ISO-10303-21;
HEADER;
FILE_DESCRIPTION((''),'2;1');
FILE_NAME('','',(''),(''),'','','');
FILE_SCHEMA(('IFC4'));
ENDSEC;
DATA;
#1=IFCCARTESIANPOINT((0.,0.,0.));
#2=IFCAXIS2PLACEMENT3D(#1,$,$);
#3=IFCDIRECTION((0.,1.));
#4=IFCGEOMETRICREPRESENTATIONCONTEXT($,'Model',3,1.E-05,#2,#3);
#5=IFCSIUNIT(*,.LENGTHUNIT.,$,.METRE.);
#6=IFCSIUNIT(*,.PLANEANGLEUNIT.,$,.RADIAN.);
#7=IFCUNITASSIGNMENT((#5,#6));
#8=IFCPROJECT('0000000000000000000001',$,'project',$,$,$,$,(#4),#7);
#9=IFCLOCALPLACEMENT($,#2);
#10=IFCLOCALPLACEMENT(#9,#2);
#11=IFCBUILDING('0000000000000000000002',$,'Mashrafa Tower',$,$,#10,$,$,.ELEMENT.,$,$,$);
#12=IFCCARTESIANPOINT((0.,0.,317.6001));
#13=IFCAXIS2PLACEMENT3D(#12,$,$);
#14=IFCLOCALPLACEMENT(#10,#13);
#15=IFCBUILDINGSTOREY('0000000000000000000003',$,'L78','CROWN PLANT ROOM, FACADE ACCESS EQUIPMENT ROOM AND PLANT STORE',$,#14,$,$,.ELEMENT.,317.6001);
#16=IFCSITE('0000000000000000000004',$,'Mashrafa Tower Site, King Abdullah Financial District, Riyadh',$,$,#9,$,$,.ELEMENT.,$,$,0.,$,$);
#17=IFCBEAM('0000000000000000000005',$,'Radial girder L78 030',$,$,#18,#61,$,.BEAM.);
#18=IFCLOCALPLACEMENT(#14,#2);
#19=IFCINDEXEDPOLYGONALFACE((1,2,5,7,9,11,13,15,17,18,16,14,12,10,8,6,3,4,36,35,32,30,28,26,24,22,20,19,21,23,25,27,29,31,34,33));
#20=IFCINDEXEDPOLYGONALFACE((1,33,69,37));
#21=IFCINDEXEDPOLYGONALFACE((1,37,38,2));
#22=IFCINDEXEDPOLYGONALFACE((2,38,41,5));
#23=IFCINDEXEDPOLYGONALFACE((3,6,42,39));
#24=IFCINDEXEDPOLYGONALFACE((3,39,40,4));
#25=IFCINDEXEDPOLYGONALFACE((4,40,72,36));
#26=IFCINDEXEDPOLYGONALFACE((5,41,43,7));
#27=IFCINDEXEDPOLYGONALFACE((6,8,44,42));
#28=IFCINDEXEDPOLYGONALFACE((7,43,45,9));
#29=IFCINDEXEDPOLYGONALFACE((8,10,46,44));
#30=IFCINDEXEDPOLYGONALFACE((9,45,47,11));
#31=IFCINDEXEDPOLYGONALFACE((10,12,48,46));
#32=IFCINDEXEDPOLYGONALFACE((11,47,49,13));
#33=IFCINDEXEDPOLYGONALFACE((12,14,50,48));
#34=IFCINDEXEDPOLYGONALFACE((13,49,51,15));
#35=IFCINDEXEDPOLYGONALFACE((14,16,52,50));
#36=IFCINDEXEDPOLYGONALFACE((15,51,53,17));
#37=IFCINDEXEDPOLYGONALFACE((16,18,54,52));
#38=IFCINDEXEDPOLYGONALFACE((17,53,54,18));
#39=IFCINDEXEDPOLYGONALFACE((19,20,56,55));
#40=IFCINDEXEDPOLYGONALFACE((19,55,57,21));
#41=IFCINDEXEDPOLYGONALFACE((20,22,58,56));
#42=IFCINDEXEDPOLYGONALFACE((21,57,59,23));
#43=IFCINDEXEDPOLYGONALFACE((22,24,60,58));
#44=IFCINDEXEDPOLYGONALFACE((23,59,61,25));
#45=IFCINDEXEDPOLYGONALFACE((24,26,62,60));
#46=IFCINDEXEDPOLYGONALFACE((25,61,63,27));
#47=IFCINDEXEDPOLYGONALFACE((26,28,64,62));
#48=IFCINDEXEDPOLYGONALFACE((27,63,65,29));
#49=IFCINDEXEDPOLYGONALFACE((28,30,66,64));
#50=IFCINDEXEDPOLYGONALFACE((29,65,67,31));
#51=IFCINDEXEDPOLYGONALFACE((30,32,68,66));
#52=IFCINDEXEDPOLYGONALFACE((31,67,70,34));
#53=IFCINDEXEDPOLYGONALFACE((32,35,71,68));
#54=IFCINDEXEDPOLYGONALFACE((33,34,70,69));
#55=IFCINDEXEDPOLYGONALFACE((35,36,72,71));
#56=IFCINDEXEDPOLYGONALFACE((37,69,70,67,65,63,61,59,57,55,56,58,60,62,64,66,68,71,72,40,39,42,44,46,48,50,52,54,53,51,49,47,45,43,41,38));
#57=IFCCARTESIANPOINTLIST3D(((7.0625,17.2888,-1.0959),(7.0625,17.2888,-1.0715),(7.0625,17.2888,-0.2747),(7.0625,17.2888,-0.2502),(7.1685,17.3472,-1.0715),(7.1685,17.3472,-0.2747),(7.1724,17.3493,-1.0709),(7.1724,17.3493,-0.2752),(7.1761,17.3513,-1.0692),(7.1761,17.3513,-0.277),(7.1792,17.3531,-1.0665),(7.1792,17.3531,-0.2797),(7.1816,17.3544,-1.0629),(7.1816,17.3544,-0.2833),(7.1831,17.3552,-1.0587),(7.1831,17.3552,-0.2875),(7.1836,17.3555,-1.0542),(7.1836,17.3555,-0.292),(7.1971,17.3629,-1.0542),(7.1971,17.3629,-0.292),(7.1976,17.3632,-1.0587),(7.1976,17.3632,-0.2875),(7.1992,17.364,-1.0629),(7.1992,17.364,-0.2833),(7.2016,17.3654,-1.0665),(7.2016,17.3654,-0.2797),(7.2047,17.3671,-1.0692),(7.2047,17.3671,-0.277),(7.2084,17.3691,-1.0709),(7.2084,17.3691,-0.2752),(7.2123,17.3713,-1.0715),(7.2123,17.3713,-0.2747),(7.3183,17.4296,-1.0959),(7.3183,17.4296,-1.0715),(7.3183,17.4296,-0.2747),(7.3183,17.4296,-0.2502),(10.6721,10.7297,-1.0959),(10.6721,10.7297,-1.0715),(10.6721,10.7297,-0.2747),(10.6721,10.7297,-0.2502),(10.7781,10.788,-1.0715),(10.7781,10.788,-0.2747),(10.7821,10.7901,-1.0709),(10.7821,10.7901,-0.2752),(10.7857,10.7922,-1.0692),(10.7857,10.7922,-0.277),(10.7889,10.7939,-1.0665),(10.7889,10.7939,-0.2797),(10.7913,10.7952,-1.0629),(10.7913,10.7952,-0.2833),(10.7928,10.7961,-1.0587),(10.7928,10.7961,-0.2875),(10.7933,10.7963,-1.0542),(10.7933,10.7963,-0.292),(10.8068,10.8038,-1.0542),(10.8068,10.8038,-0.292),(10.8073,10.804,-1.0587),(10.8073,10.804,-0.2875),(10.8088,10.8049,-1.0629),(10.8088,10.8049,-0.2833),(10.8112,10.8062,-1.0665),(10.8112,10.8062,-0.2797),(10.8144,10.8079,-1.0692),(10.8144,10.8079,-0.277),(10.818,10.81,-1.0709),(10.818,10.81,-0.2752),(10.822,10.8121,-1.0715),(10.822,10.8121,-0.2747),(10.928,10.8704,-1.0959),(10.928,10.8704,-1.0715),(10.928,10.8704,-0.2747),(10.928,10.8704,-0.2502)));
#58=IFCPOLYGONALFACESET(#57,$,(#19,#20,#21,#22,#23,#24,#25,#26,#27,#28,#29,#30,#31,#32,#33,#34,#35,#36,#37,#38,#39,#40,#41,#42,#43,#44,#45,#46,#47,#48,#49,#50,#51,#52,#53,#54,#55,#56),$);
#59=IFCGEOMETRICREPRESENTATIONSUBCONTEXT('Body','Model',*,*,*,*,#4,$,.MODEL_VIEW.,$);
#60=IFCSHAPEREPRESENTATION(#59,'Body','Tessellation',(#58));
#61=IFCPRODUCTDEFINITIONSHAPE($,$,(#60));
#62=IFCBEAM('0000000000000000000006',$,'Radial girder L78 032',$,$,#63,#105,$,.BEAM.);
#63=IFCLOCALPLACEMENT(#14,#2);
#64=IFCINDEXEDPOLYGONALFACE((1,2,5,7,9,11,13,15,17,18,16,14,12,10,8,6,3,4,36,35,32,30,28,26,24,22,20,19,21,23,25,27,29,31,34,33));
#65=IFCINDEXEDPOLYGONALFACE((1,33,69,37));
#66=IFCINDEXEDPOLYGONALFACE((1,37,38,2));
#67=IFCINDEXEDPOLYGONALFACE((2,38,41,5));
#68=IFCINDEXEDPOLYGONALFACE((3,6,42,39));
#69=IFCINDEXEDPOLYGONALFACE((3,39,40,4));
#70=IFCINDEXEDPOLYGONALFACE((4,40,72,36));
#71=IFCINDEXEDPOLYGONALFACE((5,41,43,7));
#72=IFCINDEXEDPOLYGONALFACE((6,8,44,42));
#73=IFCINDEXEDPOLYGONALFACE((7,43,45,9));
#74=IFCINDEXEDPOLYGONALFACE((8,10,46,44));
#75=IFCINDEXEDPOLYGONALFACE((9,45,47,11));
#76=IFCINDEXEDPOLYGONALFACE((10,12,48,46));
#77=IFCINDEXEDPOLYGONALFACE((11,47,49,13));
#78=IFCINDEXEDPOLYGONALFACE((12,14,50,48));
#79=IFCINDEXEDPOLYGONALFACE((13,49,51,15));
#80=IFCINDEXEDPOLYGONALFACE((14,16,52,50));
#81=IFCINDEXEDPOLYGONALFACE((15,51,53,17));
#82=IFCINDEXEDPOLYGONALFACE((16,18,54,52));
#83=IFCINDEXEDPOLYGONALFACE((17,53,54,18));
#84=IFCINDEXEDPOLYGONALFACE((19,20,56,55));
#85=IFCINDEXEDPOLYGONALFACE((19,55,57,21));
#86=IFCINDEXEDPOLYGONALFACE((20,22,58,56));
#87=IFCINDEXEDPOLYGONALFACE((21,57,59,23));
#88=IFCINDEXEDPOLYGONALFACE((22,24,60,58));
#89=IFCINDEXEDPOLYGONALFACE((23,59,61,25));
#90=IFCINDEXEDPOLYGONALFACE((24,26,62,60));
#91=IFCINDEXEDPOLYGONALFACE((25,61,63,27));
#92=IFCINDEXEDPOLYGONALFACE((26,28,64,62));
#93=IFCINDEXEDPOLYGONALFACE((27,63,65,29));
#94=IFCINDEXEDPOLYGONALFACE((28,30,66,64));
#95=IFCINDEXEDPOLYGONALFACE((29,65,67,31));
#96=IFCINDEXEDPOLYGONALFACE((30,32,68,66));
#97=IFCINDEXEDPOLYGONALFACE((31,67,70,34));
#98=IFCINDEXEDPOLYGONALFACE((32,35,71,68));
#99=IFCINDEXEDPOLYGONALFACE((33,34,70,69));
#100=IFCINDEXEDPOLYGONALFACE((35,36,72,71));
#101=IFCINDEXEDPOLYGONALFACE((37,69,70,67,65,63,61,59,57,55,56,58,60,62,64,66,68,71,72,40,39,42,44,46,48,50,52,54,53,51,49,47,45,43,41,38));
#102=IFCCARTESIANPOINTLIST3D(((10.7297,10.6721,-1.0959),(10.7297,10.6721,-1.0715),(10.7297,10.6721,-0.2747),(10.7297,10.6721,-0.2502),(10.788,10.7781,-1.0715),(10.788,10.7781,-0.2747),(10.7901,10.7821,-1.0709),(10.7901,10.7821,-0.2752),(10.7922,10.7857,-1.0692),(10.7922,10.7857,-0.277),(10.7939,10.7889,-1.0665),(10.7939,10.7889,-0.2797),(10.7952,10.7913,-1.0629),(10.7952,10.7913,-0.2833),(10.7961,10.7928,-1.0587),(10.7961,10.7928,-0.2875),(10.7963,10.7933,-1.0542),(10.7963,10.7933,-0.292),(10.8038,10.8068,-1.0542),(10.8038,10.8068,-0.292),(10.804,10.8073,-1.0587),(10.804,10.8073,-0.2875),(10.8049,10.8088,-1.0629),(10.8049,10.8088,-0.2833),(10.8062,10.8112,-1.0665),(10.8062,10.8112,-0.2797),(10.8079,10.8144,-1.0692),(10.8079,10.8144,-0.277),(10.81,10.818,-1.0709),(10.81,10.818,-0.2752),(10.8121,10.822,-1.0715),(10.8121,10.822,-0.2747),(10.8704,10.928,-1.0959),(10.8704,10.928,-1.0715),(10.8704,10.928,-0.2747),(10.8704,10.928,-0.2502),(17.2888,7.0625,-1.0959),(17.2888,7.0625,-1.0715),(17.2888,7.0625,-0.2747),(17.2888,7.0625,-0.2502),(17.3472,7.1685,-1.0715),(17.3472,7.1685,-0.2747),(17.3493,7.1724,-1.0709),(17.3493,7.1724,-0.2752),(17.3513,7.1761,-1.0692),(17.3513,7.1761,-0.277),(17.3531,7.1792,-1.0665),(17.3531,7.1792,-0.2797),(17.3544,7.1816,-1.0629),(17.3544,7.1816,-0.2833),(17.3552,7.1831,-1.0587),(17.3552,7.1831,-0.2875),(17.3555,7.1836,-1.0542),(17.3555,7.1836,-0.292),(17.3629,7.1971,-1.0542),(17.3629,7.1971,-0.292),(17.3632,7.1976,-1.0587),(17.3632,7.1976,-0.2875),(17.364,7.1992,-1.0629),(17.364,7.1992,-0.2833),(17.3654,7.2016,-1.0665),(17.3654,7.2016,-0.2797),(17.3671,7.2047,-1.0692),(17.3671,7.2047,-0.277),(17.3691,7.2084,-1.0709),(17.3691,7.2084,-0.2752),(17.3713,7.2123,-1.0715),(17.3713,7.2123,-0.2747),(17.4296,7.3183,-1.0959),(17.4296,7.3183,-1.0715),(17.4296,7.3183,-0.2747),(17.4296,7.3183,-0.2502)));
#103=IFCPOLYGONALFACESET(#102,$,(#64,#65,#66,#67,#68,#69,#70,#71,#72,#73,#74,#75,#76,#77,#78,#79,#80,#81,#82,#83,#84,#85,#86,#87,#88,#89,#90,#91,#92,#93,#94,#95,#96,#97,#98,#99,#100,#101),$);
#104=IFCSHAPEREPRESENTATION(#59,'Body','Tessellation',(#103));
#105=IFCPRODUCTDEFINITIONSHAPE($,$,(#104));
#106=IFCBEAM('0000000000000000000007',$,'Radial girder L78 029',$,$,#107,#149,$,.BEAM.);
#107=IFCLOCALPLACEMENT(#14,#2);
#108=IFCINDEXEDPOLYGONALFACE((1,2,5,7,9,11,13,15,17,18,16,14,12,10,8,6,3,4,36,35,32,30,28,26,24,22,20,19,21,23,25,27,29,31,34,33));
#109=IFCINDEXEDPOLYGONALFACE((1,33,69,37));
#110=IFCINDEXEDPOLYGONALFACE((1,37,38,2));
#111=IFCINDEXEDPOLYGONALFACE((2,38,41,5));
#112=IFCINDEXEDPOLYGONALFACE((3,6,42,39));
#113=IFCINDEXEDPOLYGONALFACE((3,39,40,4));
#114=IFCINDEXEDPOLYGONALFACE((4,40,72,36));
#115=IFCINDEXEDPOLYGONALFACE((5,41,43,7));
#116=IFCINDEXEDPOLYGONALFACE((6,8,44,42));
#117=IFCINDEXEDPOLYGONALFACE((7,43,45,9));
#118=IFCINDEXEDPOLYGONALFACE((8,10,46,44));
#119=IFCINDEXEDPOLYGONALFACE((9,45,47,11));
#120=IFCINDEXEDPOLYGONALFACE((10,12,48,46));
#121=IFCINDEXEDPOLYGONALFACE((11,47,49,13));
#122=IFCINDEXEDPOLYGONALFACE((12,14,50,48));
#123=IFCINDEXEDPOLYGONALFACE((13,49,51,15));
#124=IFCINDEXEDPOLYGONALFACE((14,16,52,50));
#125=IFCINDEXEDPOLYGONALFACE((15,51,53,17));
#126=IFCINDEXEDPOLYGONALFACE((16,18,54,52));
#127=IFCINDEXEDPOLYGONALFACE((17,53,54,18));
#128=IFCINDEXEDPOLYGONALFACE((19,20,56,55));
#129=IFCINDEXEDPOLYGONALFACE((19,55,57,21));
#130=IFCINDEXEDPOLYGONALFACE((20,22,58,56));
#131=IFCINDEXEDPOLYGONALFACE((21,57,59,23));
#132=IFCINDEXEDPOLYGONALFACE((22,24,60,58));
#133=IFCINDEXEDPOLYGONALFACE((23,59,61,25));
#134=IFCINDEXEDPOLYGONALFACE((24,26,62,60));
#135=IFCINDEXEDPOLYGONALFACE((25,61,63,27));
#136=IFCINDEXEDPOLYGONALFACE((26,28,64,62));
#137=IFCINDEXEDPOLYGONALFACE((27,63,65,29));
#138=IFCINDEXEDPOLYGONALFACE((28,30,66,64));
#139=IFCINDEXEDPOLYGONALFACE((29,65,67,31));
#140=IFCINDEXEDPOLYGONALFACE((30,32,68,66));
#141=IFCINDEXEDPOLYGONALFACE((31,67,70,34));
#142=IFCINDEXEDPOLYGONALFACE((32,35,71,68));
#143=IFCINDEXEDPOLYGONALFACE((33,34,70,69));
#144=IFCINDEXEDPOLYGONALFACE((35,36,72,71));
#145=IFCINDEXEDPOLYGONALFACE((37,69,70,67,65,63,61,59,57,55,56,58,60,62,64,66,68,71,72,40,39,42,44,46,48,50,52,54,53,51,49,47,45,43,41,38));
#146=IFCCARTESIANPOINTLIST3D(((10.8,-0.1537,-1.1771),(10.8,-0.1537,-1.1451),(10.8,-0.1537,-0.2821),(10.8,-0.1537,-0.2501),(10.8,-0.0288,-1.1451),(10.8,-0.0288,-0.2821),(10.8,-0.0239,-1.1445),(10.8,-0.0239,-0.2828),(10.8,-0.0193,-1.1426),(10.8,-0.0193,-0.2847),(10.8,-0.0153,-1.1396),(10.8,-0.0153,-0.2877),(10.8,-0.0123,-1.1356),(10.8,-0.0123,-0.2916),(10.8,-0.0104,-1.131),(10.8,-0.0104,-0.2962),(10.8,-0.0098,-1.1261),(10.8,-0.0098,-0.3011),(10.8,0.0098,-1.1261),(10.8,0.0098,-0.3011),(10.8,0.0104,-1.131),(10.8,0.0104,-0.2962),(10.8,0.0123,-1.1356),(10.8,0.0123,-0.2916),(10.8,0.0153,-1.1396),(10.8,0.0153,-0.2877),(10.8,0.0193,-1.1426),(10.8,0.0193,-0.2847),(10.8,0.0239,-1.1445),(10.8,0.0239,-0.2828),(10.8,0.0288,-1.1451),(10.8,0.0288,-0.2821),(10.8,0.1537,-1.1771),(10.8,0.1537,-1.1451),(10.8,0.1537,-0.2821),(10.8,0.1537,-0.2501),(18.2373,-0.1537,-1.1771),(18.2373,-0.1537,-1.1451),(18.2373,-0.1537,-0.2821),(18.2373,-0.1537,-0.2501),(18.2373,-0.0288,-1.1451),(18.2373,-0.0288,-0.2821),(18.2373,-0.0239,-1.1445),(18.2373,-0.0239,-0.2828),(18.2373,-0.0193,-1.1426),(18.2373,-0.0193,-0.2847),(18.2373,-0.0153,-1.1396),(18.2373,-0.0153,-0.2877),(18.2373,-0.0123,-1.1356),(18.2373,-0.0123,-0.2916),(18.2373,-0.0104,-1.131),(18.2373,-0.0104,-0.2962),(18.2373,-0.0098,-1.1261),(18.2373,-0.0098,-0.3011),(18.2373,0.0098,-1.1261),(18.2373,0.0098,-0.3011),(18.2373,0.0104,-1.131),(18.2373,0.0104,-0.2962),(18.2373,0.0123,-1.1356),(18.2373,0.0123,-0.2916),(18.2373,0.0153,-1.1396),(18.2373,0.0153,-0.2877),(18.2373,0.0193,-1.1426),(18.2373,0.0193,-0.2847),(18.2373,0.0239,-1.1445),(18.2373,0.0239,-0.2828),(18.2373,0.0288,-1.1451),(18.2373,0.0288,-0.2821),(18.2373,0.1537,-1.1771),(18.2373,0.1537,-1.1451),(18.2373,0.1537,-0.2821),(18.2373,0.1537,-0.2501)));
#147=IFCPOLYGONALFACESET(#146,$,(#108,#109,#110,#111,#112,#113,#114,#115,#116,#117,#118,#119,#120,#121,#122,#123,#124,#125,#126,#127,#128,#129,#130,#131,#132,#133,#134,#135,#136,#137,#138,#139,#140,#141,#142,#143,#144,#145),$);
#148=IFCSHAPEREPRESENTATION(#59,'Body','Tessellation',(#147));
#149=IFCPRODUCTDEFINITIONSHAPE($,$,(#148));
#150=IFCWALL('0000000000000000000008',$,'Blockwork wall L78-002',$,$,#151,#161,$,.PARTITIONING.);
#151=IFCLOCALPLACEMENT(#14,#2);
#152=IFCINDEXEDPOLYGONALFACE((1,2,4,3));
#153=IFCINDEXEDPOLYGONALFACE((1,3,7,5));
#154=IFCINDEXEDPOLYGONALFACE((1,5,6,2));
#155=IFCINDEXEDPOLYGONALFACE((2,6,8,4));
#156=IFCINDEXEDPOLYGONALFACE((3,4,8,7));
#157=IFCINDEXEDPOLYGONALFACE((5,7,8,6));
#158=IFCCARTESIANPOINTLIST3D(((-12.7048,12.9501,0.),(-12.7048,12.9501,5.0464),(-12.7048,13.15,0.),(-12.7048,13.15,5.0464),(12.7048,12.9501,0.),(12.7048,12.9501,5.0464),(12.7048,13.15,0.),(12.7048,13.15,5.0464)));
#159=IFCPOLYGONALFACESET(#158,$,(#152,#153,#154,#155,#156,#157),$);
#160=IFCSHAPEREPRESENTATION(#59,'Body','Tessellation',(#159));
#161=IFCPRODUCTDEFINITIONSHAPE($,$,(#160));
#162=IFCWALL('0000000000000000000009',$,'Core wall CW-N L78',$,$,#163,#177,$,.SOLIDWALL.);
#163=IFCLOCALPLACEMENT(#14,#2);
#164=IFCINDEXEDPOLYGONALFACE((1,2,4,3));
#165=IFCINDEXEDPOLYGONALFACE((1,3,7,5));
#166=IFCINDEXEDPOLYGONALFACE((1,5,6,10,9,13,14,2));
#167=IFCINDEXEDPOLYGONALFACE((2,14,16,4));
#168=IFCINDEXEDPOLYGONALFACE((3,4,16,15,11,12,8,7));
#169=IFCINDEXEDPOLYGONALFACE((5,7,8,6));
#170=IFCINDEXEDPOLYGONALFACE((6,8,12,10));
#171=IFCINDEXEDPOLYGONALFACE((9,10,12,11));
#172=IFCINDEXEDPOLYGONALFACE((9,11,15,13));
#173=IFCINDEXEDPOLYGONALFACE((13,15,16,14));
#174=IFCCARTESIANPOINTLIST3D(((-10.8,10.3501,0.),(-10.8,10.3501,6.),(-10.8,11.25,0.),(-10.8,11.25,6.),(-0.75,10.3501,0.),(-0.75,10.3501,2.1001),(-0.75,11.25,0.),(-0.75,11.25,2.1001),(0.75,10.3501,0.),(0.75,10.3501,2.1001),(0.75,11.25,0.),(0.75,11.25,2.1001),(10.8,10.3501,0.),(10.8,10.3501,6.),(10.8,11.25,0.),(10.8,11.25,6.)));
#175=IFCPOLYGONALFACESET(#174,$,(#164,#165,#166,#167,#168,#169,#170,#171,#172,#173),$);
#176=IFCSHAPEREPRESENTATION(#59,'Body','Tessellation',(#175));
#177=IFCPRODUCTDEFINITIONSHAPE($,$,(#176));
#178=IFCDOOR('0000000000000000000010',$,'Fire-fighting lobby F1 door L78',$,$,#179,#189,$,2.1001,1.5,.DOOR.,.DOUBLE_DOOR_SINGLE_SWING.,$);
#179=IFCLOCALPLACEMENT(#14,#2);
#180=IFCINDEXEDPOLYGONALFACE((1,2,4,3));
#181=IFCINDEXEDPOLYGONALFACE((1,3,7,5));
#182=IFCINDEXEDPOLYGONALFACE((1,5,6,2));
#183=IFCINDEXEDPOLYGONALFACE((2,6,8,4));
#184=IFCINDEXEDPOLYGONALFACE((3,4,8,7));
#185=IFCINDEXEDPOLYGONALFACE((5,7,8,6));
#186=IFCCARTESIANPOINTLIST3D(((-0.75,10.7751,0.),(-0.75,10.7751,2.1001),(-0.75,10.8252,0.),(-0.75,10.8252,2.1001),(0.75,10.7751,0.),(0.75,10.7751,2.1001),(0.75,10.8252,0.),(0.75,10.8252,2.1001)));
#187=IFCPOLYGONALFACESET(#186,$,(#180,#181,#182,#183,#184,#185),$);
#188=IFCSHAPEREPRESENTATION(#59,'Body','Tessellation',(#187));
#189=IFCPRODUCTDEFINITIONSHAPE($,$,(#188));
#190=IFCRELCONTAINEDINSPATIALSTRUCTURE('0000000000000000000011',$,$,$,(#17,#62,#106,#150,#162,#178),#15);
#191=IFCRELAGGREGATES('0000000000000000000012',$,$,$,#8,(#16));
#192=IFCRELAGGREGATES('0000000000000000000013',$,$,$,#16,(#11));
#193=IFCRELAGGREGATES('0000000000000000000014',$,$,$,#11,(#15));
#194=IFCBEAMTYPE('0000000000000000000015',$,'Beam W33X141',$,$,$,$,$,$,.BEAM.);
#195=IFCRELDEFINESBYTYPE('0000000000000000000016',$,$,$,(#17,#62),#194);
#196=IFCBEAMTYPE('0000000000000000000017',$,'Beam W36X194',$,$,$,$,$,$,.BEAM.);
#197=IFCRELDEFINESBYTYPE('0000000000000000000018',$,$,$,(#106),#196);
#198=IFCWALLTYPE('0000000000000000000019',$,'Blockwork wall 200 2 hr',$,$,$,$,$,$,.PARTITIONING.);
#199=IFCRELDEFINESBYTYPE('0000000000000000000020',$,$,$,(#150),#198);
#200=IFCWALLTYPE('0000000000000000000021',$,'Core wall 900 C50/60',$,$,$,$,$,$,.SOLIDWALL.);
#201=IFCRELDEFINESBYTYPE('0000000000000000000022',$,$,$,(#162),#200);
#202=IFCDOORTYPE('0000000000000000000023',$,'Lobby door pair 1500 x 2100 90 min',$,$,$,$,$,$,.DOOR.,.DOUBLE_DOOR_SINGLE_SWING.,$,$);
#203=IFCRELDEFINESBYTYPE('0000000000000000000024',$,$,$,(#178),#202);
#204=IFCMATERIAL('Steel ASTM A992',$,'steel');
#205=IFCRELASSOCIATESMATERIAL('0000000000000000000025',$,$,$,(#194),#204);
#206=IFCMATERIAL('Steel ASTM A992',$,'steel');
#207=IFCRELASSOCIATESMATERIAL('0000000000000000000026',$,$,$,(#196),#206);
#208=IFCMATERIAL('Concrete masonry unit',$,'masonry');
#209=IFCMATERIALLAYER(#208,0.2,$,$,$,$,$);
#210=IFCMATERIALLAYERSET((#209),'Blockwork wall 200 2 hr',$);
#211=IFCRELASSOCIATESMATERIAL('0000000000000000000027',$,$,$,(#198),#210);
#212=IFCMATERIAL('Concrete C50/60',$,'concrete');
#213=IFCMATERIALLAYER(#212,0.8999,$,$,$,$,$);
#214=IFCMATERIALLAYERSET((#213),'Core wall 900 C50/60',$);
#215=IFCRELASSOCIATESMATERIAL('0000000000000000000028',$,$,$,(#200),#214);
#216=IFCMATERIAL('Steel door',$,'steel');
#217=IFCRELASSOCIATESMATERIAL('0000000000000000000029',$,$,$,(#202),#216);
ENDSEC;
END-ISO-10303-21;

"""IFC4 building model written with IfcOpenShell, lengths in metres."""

from ifc_helpers import new_model, si_unit, direction, frame, frame_2d, origin, origin_2d, place, context, subcontext, project, spatial, rectangle, i_section, extrude, material, layer, layer_set, material_profile, profile_set, type_object, element, fill, save


model = new_model("IFC4")

# Units and contexts
model_context = context("Model", 3, precision=1e-05, world=origin(), true_north=direction((0.0, 1.0)))
body_context = subcontext(model_context, "Body", "Model", "MODEL_VIEW")
ifc_project = project(units=[si_unit("LENGTHUNIT", "METRE"), si_unit("PLANEANGLEUNIT", "RADIAN")], contexts=[model_context])

# Site, building, storey
site_placement = place(None, origin())
site = spatial("IfcSite", under=ifc_project, at=site_placement, Name="Mashrafa Tower Site, King Abdullah Financial District, Riyadh", CompositionType="ELEMENT", RefElevation=0.0)
building_placement = place(site_placement, origin())
building = spatial("IfcBuilding", under=site, at=building_placement, Name="Mashrafa Tower", CompositionType="ELEMENT")
storey_placement = place(building_placement, frame((0.0, 0.0, 317.6001)))
storey = spatial("IfcBuildingStorey", under=building, at=storey_placement, Name="L78", Description="CROWN PLANT ROOM, FACADE ACCESS EQUIPMENT ROOM AND PLANT STORE", CompositionType="ELEMENT", Elevation=317.6001)

# Beams
ifc_material_1 = material(Name="Steel ASTM A992", Category="steel")
ifc_material_profile_1 = material_profile(ifc_material_1, i_section(OverallWidth=0.292, OverallDepth=0.8457, WebThickness=0.0154, FlangeThickness=0.0244, FilletRadius=0.0173, at=origin_2d()), Name="W33X141")
ifc_profile_set_1 = profile_set([ifc_material_profile_1], Name="Steel ASTM A992")
beam_type_1 = type_object("IfcBeamType", Name="Beam W33X141", PredefinedType="BEAM", material=ifc_profile_set_1)
for number, where, z_axis, x_axis, name in (
    (1, (10.8, 10.8, -0.6731), (-0.482137, 0.876096, 0.0), (-0.876096, -0.482137, 0.0), "Radial girder L78 030"),
    (2, (10.8, 10.8, -0.6731), (0.876096, -0.482137, 0.0), (0.482137, 0.876096, 0.0), "Radial girder L78 032"),
):
    element("IfcBeam", number, at=place(storey_placement, frame(where, z_axis=z_axis, x_axis=x_axis)), inside=storey, type_object=beam_type_1, Name=name, PredefinedType="BEAM", context=body_context, shape_type="SweptSolid", body=[
        extrude(i_section(OverallWidth=0.292, OverallDepth=0.8457, WebThickness=0.0154, FlangeThickness=0.0244, FilletRadius=0.0173, at=origin_2d()), origin(), (0.0, 0.0, 1.0), 7.4868),
    ])
ifc_material_2 = material(Name="Steel ASTM A992", Category="steel")
ifc_material_profile_2 = material_profile(ifc_material_2, i_section(OverallWidth=0.3074, OverallDepth=0.927, WebThickness=0.0195, FlangeThickness=0.032, FilletRadius=0.019, at=origin_2d()), Name="W36X194")
ifc_profile_set_2 = profile_set([ifc_material_profile_2], Name="Steel ASTM A992")
beam_type_2 = type_object("IfcBeamType", Name="Beam W36X194", PredefinedType="BEAM", material=ifc_profile_set_2)
beam_1_placement = place(storey_placement, frame((10.8, 0.0, -0.7136), z_axis=(1.0, 0.0, 0.0), x_axis=(0.0, 1.0, 0.0)))
element("IfcBeam", 3, at=beam_1_placement, inside=storey, type_object=beam_type_2, Name="Radial girder L78 029", PredefinedType="BEAM", context=body_context, shape_type="SweptSolid", body=[
    extrude(i_section(OverallWidth=0.3074, OverallDepth=0.927, WebThickness=0.0195, FlangeThickness=0.032, FilletRadius=0.019, at=origin_2d()), origin(), (0.0, 0.0, 1.0), 7.4373),
])

# Wall
ifc_material_3 = material(Name="Concrete masonry unit", Category="masonry")
ifc_layer_1 = layer(ifc_material_3, 0.2)
ifc_layer_set_1 = layer_set([ifc_layer_1], Name="Blockwork wall 200 2 hr")
wall_type_1 = type_object("IfcWallType", Name="Blockwork wall 200 2 hr", PredefinedType="PARTITIONING", material=ifc_layer_set_1)
wall_1_placement = place(storey_placement, frame((12.7048, 13.05, 0.0), z_axis=(0.0, 0.0, 1.0), x_axis=(-1.0, 0.0, 0.0)))
element("IfcWall", 4, at=wall_1_placement, inside=storey, type_object=wall_type_1, Name="Blockwork wall L78-002", PredefinedType="PARTITIONING", context=body_context, shape_type="SweptSolid", body=[
    extrude(rectangle(XDim=25.4097, YDim=0.2, at=frame_2d((12.7048, 0.0))), origin(), (0.0, 0.0, 1.0), 5.0464),
])

# Wall, opening, door
ifc_material_4 = material(Name="Concrete C50/60", Category="concrete")
ifc_layer_2 = layer(ifc_material_4, 0.8999)
ifc_layer_set_2 = layer_set([ifc_layer_2], Name="Core wall 900 C50/60")
wall_type_2 = type_object("IfcWallType", Name="Core wall 900 C50/60", PredefinedType="SOLIDWALL", material=ifc_layer_set_2)
wall_2_placement = place(storey_placement, frame((10.8, 10.8, 0.0), z_axis=(0.0, 0.0, 1.0), x_axis=(-1.0, 0.0, 0.0)))
wall_2 = element("IfcWall", 5, at=wall_2_placement, inside=storey, type_object=wall_type_2, Name="Core wall CW-N L78", PredefinedType="SOLIDWALL", context=body_context, shape_type="SweptSolid", body=[
    extrude(rectangle(XDim=21.6001, YDim=0.8999, at=frame_2d((10.8, 0.0))), origin(), (0.0, 0.0, 1.0), 6.0),
])
opening_placement = place(wall_2_placement, frame((10.05, 0.0, 0.0)))
opening = element("IfcOpeningElement", 6, at=opening_placement, cuts=wall_2, PredefinedType="OPENING", context=body_context, shape_type="SweptSolid", body=[
    extrude(rectangle(XDim=1.5, YDim=2.1001, at=frame_2d((0.75, 1.05))), frame((0.0, 0.46, 0.0), z_axis=(0.0, -1.0, 0.0), x_axis=(1.0, 0.0, 0.0)), (0.0, 0.0, 1.0), 0.9199),
])
ifc_material_5 = material(Name="Steel door", Category="steel")
door_type = type_object("IfcDoorType", Name="Lobby door pair 1500 x 2100 90 min", OperationType="DOUBLE_DOOR_SINGLE_SWING", PredefinedType="DOOR", material=ifc_material_5)
door_placement = place(opening_placement, origin())
door = element("IfcDoor", 7, at=door_placement, inside=storey, type_object=door_type, Name="Fire-fighting lobby F1 door L78", OperationType="DOUBLE_DOOR_SINGLE_SWING", OverallHeight=2.1001, OverallWidth=1.5, PredefinedType="DOOR", context=body_context, shape_type="SweptSolid", body=[
    extrude(rectangle(XDim=1.5, YDim=2.1001, at=frame_2d((0.75, 1.05))), frame((0.0, 0.0249, 0.0), z_axis=(0.0, -1.0, 0.0), x_axis=(1.0, 0.0, 0.0)), (0.0, 0.0, 1.0), 0.05),
])
fill(opening, door)

save(model, "model.ifc")
